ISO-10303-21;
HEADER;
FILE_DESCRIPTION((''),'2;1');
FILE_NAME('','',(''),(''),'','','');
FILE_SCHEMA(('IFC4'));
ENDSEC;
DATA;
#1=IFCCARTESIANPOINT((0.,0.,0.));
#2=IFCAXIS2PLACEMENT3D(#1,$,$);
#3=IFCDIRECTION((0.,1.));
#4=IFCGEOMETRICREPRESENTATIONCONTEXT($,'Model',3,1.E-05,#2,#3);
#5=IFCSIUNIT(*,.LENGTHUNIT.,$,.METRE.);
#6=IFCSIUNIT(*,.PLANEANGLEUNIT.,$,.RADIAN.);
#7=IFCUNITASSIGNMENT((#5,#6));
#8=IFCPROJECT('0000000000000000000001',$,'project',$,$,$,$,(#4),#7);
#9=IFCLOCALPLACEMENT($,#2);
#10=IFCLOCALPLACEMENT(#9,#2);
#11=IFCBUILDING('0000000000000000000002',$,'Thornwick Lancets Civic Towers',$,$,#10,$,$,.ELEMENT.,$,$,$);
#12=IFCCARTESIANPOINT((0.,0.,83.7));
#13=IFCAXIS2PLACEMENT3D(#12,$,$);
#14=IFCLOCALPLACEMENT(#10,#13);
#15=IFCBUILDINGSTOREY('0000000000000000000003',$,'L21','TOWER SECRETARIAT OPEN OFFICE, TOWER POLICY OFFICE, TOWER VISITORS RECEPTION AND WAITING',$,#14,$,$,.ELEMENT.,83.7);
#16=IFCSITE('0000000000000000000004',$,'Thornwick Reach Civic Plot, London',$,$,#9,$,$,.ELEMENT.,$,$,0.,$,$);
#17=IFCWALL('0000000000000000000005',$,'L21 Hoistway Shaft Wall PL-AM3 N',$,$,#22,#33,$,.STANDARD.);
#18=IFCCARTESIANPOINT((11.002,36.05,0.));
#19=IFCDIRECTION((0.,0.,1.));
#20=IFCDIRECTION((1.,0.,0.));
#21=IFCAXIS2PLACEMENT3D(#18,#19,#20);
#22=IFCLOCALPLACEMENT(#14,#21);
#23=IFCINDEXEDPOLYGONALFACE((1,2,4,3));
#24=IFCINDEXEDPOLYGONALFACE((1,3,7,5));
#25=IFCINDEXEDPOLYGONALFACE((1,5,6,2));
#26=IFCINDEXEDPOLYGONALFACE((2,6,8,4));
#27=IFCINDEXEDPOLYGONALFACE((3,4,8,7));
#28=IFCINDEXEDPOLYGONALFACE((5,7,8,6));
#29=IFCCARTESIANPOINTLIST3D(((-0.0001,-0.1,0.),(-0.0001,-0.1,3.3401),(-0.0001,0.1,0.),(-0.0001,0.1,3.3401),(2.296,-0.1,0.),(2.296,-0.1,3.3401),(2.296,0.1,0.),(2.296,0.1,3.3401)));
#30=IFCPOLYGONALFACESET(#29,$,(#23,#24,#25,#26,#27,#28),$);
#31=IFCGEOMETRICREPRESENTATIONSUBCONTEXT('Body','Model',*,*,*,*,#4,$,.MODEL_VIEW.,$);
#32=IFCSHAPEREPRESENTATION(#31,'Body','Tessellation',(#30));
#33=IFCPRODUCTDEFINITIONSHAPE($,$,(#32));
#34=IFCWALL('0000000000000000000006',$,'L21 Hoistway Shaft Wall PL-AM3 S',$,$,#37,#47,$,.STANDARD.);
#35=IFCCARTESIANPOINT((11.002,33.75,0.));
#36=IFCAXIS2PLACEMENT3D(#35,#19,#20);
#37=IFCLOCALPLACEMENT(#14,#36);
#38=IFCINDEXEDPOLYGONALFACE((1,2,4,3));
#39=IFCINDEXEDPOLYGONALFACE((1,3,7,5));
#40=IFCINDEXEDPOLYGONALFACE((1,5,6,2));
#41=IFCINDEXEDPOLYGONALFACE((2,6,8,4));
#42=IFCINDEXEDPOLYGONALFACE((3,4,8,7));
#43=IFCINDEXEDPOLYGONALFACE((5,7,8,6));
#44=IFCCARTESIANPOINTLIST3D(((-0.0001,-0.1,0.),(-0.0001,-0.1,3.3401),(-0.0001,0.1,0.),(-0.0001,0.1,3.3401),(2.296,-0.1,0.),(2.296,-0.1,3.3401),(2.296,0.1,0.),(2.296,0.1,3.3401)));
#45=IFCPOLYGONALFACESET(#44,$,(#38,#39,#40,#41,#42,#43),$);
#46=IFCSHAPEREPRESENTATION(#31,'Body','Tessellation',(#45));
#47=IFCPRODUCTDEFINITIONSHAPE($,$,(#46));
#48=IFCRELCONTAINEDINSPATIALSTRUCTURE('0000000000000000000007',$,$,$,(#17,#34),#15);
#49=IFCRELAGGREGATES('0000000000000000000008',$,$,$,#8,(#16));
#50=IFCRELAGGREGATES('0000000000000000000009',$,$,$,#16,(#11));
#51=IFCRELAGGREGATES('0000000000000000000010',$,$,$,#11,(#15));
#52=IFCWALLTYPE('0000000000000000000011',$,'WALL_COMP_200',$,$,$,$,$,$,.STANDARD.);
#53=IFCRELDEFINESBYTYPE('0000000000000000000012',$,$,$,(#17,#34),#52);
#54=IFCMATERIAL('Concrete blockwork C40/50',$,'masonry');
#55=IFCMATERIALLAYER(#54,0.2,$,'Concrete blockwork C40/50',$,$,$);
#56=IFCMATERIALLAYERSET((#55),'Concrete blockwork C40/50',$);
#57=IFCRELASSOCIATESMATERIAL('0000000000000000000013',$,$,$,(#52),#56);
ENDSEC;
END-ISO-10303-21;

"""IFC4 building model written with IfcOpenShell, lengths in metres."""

from ifc_helpers import new_model, si_unit, direction, frame, frame_2d, origin, place, context, subcontext, project, spatial, rectangle, extrude, material, layer, layer_set, type_object, element, save


model = new_model("IFC4")

# Units and contexts
model_context = context("Model", 3, precision=1e-05, world=origin(), true_north=direction((0.0, 1.0)))
body_context = subcontext(model_context, "Body", "Model", "MODEL_VIEW")
ifc_project = project(units=[si_unit("LENGTHUNIT", "METRE"), si_unit("PLANEANGLEUNIT", "RADIAN")], contexts=[model_context])

# Site, building, storey
site_placement = place(None, origin())
site = spatial("IfcSite", under=ifc_project, at=site_placement, Name="Thornwick Reach Civic Plot, London", CompositionType="ELEMENT", RefElevation=0.0)
building_placement = place(site_placement, origin())
building = spatial("IfcBuilding", under=site, at=building_placement, Name="Thornwick Lancets Civic Towers", CompositionType="ELEMENT")
storey_placement = place(building_placement, frame((0.0, 0.0, 83.7)))
storey = spatial("IfcBuildingStorey", under=building, at=storey_placement, Name="L21", Description="TOWER SECRETARIAT OPEN OFFICE, TOWER POLICY OFFICE, TOWER VISITORS RECEPTION AND WAITING", CompositionType="ELEMENT", Elevation=83.7)

# Shared definitions
ifc_material_1 = material(Name="Concrete blockwork C40/50", Category="masonry")
ifc_layer_1 = layer(ifc_material_1, 0.2, Name="Concrete blockwork C40/50")
ifc_layer_set_1 = layer_set([ifc_layer_1], Name="Concrete blockwork C40/50")
wall_type_1 = type_object("IfcWallType", Name="WALL_COMP_200", PredefinedType="STANDARD", material=ifc_layer_set_1)

# Walls
for number, where, z_axis, x_axis, name in (
    (1, (11.002, 36.05, 0.0), (0.0, 0.0, 1.0), (1.0, 0.0, 0.0), "L21 Hoistway Shaft Wall PL-AM3 N"),
    (2, (11.002, 33.75, 0.0), (0.0, 0.0, 1.0), (1.0, 0.0, 0.0), "L21 Hoistway Shaft Wall PL-AM3 S"),
):
    element("IfcWall", number, at=place(storey_placement, frame(where, z_axis=z_axis, x_axis=x_axis)), inside=storey, type_object=wall_type_1, Name=name, PredefinedType="STANDARD", context=body_context, shape_type="SweptSolid", body=[
        extrude(rectangle(XDim=2.2961, YDim=0.2, at=frame_2d((1.1479, 0.0))), origin(), (0.0, 0.0, 1.0), 3.3401),
    ])

save(model, "model.ifc")
